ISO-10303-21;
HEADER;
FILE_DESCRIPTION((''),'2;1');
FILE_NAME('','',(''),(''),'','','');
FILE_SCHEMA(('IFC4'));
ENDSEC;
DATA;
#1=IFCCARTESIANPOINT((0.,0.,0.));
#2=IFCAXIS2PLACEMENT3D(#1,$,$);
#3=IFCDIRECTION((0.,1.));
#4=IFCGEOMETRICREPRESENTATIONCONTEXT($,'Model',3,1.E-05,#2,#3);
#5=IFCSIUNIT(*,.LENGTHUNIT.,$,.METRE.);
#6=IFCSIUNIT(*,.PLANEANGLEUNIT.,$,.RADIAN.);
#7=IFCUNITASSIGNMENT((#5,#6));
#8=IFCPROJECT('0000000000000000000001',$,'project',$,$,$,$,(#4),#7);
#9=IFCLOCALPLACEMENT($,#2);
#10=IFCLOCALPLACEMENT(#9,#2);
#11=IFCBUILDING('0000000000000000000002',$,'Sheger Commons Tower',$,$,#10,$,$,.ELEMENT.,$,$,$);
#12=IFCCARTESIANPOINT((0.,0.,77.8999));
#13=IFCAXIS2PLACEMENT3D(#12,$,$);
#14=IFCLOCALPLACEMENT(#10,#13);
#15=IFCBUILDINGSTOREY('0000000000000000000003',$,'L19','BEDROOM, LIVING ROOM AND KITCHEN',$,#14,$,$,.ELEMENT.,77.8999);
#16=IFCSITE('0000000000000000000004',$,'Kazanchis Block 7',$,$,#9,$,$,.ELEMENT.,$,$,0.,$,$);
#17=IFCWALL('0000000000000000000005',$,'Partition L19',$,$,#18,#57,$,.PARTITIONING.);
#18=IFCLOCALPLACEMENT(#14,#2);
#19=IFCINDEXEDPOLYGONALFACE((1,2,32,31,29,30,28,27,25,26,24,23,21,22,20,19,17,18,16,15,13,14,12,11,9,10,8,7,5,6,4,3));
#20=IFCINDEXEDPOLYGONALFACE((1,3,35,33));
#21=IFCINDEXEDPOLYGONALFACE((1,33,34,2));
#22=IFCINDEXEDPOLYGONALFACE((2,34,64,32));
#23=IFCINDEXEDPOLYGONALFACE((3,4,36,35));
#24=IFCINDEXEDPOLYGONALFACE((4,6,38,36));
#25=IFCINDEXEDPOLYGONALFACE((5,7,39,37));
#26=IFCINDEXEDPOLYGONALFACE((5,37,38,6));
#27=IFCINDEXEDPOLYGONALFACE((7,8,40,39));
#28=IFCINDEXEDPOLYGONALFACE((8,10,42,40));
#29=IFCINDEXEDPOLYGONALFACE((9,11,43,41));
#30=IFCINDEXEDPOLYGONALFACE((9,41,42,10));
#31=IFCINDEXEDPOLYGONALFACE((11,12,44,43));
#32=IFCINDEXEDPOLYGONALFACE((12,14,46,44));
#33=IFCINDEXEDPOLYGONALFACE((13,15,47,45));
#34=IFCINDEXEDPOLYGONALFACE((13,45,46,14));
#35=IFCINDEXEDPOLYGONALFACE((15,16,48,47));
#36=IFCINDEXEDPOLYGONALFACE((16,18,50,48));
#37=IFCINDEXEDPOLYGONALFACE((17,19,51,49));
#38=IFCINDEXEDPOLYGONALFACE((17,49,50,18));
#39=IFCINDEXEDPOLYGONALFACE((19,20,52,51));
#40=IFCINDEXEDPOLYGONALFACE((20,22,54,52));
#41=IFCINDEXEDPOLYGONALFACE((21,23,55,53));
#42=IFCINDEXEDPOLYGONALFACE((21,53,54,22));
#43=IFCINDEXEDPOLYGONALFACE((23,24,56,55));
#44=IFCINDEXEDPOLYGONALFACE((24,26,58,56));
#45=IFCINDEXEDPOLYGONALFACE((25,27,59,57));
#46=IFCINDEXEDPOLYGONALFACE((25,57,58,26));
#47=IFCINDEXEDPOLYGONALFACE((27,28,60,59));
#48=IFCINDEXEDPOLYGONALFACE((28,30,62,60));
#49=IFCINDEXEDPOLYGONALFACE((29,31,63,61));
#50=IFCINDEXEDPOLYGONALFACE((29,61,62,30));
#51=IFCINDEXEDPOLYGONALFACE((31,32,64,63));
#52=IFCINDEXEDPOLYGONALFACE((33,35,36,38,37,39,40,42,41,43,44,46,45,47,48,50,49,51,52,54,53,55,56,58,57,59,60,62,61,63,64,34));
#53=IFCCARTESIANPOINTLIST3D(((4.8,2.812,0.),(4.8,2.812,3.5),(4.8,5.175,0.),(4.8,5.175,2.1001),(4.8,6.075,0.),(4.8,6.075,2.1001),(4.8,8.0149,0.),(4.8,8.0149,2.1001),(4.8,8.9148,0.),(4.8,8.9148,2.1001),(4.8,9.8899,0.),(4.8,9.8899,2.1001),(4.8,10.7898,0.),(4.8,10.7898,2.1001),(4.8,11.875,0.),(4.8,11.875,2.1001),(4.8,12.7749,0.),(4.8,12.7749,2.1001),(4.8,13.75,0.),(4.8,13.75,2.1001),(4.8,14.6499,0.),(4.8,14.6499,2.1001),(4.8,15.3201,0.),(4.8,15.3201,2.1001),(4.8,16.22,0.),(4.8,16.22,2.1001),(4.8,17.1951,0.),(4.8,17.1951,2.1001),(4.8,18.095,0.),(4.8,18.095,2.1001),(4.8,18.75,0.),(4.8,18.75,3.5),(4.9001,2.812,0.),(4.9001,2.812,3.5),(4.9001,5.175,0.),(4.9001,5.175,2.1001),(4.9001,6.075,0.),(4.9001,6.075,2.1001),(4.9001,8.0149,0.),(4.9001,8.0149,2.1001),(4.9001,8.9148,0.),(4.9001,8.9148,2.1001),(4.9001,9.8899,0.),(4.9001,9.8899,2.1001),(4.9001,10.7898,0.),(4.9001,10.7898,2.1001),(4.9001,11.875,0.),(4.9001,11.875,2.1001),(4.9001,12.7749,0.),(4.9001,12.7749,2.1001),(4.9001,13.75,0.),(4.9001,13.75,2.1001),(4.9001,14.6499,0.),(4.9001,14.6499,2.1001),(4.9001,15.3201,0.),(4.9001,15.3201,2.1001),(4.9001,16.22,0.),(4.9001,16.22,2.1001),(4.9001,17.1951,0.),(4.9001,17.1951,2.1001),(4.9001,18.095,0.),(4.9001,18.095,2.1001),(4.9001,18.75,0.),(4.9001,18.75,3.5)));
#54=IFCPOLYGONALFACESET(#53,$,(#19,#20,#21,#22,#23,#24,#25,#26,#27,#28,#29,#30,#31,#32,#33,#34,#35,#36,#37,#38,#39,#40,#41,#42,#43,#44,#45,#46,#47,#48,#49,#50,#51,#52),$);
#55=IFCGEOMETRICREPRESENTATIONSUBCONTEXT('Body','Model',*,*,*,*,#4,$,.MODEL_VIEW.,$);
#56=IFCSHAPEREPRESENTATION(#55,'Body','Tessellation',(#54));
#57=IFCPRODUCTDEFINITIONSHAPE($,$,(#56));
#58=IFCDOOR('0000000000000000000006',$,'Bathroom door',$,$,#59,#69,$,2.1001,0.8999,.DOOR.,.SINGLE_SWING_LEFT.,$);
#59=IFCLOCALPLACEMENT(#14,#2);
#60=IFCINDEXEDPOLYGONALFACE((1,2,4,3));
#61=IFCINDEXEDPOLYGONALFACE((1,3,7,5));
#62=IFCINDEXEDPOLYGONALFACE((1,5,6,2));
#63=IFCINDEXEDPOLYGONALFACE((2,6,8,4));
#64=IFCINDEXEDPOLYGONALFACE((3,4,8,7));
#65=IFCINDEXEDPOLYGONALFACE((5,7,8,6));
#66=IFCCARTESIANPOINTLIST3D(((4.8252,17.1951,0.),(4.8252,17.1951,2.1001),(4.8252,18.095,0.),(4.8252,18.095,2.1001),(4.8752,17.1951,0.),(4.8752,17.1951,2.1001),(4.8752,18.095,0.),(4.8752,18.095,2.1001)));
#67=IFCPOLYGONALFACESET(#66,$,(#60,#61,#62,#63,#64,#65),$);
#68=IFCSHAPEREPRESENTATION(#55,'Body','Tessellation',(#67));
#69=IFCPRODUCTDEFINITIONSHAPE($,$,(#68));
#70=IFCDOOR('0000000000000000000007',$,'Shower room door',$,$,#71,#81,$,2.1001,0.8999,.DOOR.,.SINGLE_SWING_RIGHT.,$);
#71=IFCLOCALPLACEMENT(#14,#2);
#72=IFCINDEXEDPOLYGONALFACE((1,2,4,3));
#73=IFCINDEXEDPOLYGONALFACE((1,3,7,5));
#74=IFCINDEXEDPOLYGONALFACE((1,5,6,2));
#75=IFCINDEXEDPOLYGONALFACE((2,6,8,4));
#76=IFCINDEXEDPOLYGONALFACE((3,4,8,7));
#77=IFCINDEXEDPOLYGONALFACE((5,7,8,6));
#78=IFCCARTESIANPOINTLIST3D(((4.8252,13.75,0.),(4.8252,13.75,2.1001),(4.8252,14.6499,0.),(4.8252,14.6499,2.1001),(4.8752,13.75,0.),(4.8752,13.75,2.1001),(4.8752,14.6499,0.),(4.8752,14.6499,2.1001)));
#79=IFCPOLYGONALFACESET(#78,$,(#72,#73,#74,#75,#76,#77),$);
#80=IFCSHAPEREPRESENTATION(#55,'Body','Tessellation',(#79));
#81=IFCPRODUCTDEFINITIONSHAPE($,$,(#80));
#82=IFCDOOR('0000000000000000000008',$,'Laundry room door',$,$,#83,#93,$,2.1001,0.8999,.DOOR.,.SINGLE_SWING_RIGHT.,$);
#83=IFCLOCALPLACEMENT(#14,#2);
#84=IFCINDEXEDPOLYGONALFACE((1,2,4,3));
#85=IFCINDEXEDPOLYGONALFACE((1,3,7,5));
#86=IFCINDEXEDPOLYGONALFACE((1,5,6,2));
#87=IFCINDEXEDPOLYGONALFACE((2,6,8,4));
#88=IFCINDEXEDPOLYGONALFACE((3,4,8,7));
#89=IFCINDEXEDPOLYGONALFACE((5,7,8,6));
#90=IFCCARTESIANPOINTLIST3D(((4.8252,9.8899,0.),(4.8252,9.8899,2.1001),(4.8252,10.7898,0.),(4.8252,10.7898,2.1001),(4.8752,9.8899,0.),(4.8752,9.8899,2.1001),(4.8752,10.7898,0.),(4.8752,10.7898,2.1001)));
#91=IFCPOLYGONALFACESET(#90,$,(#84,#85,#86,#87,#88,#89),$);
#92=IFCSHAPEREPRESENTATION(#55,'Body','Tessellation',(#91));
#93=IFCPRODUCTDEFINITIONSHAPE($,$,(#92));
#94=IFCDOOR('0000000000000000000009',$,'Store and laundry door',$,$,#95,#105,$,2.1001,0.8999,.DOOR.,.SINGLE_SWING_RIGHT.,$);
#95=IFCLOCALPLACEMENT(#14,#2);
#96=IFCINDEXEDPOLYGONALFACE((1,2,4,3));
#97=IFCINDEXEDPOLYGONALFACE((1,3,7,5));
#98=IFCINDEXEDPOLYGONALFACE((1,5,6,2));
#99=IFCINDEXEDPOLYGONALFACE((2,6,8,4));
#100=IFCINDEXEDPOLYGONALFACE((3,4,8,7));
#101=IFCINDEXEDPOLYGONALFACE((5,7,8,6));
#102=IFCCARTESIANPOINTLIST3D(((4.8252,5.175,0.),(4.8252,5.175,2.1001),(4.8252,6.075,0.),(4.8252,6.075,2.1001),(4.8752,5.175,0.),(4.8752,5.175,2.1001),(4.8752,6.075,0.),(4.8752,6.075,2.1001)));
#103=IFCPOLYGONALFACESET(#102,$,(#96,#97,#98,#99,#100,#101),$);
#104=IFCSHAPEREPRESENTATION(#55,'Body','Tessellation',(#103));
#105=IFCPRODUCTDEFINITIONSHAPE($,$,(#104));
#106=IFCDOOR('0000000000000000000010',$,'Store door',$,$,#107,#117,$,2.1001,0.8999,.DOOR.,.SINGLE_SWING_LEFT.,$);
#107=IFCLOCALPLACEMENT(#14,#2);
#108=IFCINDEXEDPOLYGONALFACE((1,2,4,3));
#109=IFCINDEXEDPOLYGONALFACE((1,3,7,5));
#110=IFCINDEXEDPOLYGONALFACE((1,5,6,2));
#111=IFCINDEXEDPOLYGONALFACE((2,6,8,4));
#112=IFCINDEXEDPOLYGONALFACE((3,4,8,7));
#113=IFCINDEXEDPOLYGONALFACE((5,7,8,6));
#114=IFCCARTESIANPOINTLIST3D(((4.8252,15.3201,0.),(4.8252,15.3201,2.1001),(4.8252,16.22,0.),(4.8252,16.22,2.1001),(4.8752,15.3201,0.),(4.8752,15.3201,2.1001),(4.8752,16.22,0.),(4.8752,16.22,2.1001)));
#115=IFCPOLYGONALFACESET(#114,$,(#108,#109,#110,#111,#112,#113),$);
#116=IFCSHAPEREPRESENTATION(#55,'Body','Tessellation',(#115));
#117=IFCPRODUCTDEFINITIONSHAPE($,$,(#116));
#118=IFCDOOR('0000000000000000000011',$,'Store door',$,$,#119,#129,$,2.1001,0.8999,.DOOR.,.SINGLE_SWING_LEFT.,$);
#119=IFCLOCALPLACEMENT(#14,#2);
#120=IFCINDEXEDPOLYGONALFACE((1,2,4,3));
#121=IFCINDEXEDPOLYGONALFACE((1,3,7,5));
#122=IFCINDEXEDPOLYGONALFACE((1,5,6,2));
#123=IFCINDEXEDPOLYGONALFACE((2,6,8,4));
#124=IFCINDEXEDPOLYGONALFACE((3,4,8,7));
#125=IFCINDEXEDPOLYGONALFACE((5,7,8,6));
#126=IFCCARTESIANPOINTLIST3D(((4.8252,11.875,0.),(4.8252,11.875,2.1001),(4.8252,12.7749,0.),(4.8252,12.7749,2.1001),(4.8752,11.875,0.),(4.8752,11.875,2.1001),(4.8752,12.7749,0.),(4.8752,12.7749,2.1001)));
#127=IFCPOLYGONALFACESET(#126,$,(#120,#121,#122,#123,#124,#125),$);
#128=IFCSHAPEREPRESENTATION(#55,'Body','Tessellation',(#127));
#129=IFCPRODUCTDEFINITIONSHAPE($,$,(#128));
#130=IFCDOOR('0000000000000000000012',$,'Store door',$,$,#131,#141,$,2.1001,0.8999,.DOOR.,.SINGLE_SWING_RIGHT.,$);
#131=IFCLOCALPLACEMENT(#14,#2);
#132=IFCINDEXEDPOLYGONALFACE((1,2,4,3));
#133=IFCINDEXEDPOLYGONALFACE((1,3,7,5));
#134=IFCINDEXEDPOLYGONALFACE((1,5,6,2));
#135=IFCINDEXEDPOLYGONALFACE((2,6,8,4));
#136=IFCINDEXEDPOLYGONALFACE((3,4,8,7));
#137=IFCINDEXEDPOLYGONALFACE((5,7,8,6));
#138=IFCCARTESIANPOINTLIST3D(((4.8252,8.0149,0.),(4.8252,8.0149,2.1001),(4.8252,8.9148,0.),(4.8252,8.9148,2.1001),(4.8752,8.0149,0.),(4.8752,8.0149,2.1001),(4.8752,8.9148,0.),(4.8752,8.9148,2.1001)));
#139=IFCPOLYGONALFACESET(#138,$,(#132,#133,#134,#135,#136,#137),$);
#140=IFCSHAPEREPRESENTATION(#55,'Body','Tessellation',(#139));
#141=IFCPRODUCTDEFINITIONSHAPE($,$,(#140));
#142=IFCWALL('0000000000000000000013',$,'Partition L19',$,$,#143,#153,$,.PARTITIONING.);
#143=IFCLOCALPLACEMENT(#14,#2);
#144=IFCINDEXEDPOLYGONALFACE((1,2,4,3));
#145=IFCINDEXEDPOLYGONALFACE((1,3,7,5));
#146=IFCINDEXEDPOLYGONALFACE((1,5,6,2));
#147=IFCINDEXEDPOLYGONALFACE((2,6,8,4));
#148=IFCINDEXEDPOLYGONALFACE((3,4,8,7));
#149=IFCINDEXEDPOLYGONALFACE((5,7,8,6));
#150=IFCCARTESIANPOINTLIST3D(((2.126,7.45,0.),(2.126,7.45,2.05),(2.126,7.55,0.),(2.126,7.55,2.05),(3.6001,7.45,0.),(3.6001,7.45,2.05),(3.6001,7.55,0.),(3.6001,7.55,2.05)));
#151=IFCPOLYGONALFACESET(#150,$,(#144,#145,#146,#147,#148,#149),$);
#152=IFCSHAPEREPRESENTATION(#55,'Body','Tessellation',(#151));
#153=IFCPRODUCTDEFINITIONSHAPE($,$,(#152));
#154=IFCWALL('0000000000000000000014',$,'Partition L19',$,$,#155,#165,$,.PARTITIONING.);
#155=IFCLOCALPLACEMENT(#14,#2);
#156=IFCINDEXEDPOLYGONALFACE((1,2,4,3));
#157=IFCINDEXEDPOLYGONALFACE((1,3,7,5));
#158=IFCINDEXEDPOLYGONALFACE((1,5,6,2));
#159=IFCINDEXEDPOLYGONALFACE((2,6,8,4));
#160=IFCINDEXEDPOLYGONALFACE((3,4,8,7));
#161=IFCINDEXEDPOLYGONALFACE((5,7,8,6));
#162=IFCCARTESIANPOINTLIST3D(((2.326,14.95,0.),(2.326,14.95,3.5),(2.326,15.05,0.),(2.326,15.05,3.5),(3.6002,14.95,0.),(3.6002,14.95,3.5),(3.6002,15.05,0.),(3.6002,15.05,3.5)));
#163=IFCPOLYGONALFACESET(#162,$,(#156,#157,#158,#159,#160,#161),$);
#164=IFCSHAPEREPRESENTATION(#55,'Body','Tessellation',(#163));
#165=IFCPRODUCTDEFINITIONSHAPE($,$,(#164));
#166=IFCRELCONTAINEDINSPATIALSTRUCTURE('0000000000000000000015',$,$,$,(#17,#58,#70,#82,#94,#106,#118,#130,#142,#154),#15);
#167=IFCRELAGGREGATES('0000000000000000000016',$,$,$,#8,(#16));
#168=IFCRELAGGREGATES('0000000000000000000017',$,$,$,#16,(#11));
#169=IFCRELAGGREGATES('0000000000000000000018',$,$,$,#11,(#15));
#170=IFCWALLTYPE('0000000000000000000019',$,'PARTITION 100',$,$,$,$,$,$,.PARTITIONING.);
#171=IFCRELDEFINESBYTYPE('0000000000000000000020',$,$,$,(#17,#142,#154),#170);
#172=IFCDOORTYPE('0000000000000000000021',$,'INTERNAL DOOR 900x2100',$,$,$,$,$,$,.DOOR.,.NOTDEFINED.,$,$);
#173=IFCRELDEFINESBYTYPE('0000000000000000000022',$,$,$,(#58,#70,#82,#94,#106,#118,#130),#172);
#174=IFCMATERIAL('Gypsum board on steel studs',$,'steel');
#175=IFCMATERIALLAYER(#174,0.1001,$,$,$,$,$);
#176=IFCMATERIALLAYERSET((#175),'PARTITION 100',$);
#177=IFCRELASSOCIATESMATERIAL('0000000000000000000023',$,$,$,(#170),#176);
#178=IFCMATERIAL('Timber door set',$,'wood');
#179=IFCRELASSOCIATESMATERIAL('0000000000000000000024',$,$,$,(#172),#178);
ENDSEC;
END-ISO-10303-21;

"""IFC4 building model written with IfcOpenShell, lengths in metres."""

from ifc_helpers import new_model, si_unit, direction, frame, frame_2d, origin, place, context, subcontext, project, spatial, rectangle, extrude, material, layer, layer_set, type_object, element, fill, save


model = new_model("IFC4")

# Units and contexts
model_context = context("Model", 3, precision=1e-05, world=origin(), true_north=direction((0.0, 1.0)))
body_context = subcontext(model_context, "Body", "Model", "MODEL_VIEW")
ifc_project = project(units=[si_unit("LENGTHUNIT", "METRE"), si_unit("PLANEANGLEUNIT", "RADIAN")], contexts=[model_context])

# Site, building, storey
site_placement = place(None, origin())
site = spatial("IfcSite", under=ifc_project, at=site_placement, Name="Kazanchis Block 7", CompositionType="ELEMENT", RefElevation=0.0)
building_placement = place(site_placement, origin())
building = spatial("IfcBuilding", under=site, at=building_placement, Name="Sheger Commons Tower", CompositionType="ELEMENT")
storey_placement = place(building_placement, frame((0.0, 0.0, 77.8999)))
storey = spatial("IfcBuildingStorey", under=building, at=storey_placement, Name="L19", Description="BEDROOM, LIVING ROOM AND KITCHEN", CompositionType="ELEMENT", Elevation=77.8999)

# Wall, openings, doors
ifc_material_1 = material(Name="Gypsum board on steel studs", Category="steel")
ifc_layer = layer(ifc_material_1, 0.1001)
ifc_layer_set = layer_set([ifc_layer], Name="PARTITION 100")
wall_type = type_object("IfcWallType", Name="PARTITION 100", PredefinedType="PARTITIONING", material=ifc_layer_set)
ifc_material_2 = material(Name="Timber door set", Category="wood")
door_type = type_object("IfcDoorType", Name="INTERNAL DOOR 900x2100", OperationType="NOTDEFINED", PredefinedType="DOOR", material=ifc_material_2)
wall_1_placement = place(storey_placement, frame((4.8501, 2.812, 0.0), z_axis=(0.0, 0.0, 1.0), x_axis=(0.0, 1.0, 0.0)))
wall_1 = element("IfcWall", 1, at=wall_1_placement, inside=storey, type_object=wall_type, Name="Partition L19", PredefinedType="PARTITIONING", context=body_context, shape_type="SweptSolid", body=[
    extrude(rectangle(XDim=15.938, YDim=0.1001, at=frame_2d((7.969, 0.0))), origin(), (0.0, 0.0, 1.0), 3.5),
])
opening_1_placement = place(wall_1_placement, frame((14.3831, 0.0, 0.0)))
opening_1 = element("IfcOpeningElement", 2, at=opening_1_placement, cuts=wall_1, PredefinedType="OPENING", context=body_context, shape_type="SweptSolid", body=[
    extrude(rectangle(XDim=0.8999, YDim=2.1001, at=frame_2d((0.45, 1.05))), frame((0.0, 0.0601, 0.0), z_axis=(0.0, -1.0, 0.0), x_axis=(1.0, 0.0, 0.0)), (0.0, 0.0, 1.0), 0.1201),
])
opening_2_placement = place(wall_1_placement, frame((10.938, 0.0, 0.0)))
opening_2 = element("IfcOpeningElement", 3, at=opening_2_placement, cuts=wall_1, PredefinedType="OPENING", context=body_context, shape_type="SweptSolid", body=[
    extrude(rectangle(XDim=0.8999, YDim=2.1001, at=frame_2d((0.45, 1.05))), frame((0.0, 0.0601, 0.0), z_axis=(0.0, -1.0, 0.0), x_axis=(1.0, 0.0, 0.0)), (0.0, 0.0, 1.0), 0.1201),
])
opening_3_placement = place(wall_1_placement, frame((7.0779, 0.0, 0.0)))
opening_3 = element("IfcOpeningElement", 4, at=opening_3_placement, cuts=wall_1, PredefinedType="OPENING", context=body_context, shape_type="SweptSolid", body=[
    extrude(rectangle(XDim=0.8999, YDim=2.1001, at=frame_2d((0.45, 1.05))), frame((0.0, 0.0601, 0.0), z_axis=(0.0, -1.0, 0.0), x_axis=(1.0, 0.0, 0.0)), (0.0, 0.0, 1.0), 0.1201),
])
opening_4_placement = place(wall_1_placement, frame((2.363, 0.0, 0.0)))
opening_4 = element("IfcOpeningElement", 5, at=opening_4_placement, cuts=wall_1, PredefinedType="OPENING", context=body_context, shape_type="SweptSolid", body=[
    extrude(rectangle(XDim=0.8999, YDim=2.1001, at=frame_2d((0.45, 1.05))), frame((0.0, 0.0601, 0.0), z_axis=(0.0, -1.0, 0.0), x_axis=(1.0, 0.0, 0.0)), (0.0, 0.0, 1.0), 0.1201),
])
opening_5_placement = place(wall_1_placement, frame((12.5081, 0.0, 0.0)))
opening_5 = element("IfcOpeningElement", 6, at=opening_5_placement, cuts=wall_1, PredefinedType="OPENING", context=body_context, shape_type="SweptSolid", body=[
    extrude(rectangle(XDim=0.8999, YDim=2.1001, at=frame_2d((0.45, 1.05))), frame((0.0, 0.0601, 0.0), z_axis=(0.0, -1.0, 0.0), x_axis=(1.0, 0.0, 0.0)), (0.0, 0.0, 1.0), 0.1201),
])
opening_6_placement = place(wall_1_placement, frame((9.063, 0.0, 0.0)))
opening_6 = element("IfcOpeningElement", 7, at=opening_6_placement, cuts=wall_1, PredefinedType="OPENING", context=body_context, shape_type="SweptSolid", body=[
    extrude(rectangle(XDim=0.8999, YDim=2.1001, at=frame_2d((0.45, 1.05))), frame((0.0, 0.0601, 0.0), z_axis=(0.0, -1.0, 0.0), x_axis=(1.0, 0.0, 0.0)), (0.0, 0.0, 1.0), 0.1201),
])
opening_7_placement = place(wall_1_placement, frame((5.2029, 0.0, 0.0)))
opening_7 = element("IfcOpeningElement", 8, at=opening_7_placement, cuts=wall_1, PredefinedType="OPENING", context=body_context, shape_type="SweptSolid", body=[
    extrude(rectangle(XDim=0.8999, YDim=2.1001, at=frame_2d((0.45, 1.05))), frame((0.0, 0.0601, 0.0), z_axis=(0.0, -1.0, 0.0), x_axis=(1.0, 0.0, 0.0)), (0.0, 0.0, 1.0), 0.1201),
])
door_1_placement = place(opening_1_placement, origin())
door_1 = element("IfcDoor", 9, at=door_1_placement, inside=storey, type_object=door_type, Name="Bathroom door", OperationType="SINGLE_SWING_LEFT", OverallHeight=2.1001, OverallWidth=0.8999, PredefinedType="DOOR", context=body_context, shape_type="SweptSolid", body=[
    extrude(rectangle(XDim=0.8999, YDim=2.1001, at=frame_2d((0.45, 1.05))), frame((0.0, 0.0249, 0.0), z_axis=(0.0, -1.0, 0.0), x_axis=(1.0, 0.0, 0.0)), (0.0, 0.0, 1.0), 0.05),
])
fill(opening_1, door_1)
door_2_placement = place(opening_2_placement, origin())
door_2 = element("IfcDoor", 10, at=door_2_placement, inside=storey, type_object=door_type, Name="Shower room door", OperationType="SINGLE_SWING_RIGHT", OverallHeight=2.1001, OverallWidth=0.8999, PredefinedType="DOOR", context=body_context, shape_type="SweptSolid", body=[
    extrude(rectangle(XDim=0.8999, YDim=2.1001, at=frame_2d((0.45, 1.05))), frame((0.0, 0.0249, 0.0), z_axis=(0.0, -1.0, 0.0), x_axis=(1.0, 0.0, 0.0)), (0.0, 0.0, 1.0), 0.05),
])
fill(opening_2, door_2)
door_3_placement = place(opening_3_placement, origin())
door_3 = element("IfcDoor", 11, at=door_3_placement, inside=storey, type_object=door_type, Name="Laundry room door", OperationType="SINGLE_SWING_RIGHT", OverallHeight=2.1001, OverallWidth=0.8999, PredefinedType="DOOR", context=body_context, shape_type="SweptSolid", body=[
    extrude(rectangle(XDim=0.8999, YDim=2.1001, at=frame_2d((0.45, 1.05))), frame((0.0, 0.0249, 0.0), z_axis=(0.0, -1.0, 0.0), x_axis=(1.0, 0.0, 0.0)), (0.0, 0.0, 1.0), 0.05),
])
fill(opening_3, door_3)
door_4_placement = place(opening_4_placement, origin())
door_4 = element("IfcDoor", 12, at=door_4_placement, inside=storey, type_object=door_type, Name="Store and laundry door", OperationType="SINGLE_SWING_RIGHT", OverallHeight=2.1001, OverallWidth=0.8999, PredefinedType="DOOR", context=body_context, shape_type="SweptSolid", body=[
    extrude(rectangle(XDim=0.8999, YDim=2.1001, at=frame_2d((0.45, 1.05))), frame((0.0, 0.0249, 0.0), z_axis=(0.0, -1.0, 0.0), x_axis=(1.0, 0.0, 0.0)), (0.0, 0.0, 1.0), 0.05),
])
fill(opening_4, door_4)
door_5_placement = place(opening_5_placement, origin())
door_5 = element("IfcDoor", 13, at=door_5_placement, inside=storey, type_object=door_type, Name="Store door", OperationType="SINGLE_SWING_LEFT", OverallHeight=2.1001, OverallWidth=0.8999, PredefinedType="DOOR", context=body_context, shape_type="SweptSolid", body=[
    extrude(rectangle(XDim=0.8999, YDim=2.1001, at=frame_2d((0.45, 1.05))), frame((0.0, 0.0249, 0.0), z_axis=(0.0, -1.0, 0.0), x_axis=(1.0, 0.0, 0.0)), (0.0, 0.0, 1.0), 0.05),
])
fill(opening_5, door_5)
door_6_placement = place(opening_6_placement, origin())
door_6 = element("IfcDoor", 14, at=door_6_placement, inside=storey, type_object=door_type, Name="Store door", OperationType="SINGLE_SWING_LEFT", OverallHeight=2.1001, OverallWidth=0.8999, PredefinedType="DOOR", context=body_context, shape_type="SweptSolid", body=[
    extrude(rectangle(XDim=0.8999, YDim=2.1001, at=frame_2d((0.45, 1.05))), frame((0.0, 0.0249, 0.0), z_axis=(0.0, -1.0, 0.0), x_axis=(1.0, 0.0, 0.0)), (0.0, 0.0, 1.0), 0.05),
])
fill(opening_6, door_6)
door_7_placement = place(opening_7_placement, origin())
door_7 = element("IfcDoor", 15, at=door_7_placement, inside=storey, type_object=door_type, Name="Store door", OperationType="SINGLE_SWING_RIGHT", OverallHeight=2.1001, OverallWidth=0.8999, PredefinedType="DOOR", context=body_context, shape_type="SweptSolid", body=[
    extrude(rectangle(XDim=0.8999, YDim=2.1001, at=frame_2d((0.45, 1.05))), frame((0.0, 0.0249, 0.0), z_axis=(0.0, -1.0, 0.0), x_axis=(1.0, 0.0, 0.0)), (0.0, 0.0, 1.0), 0.05),
])
fill(opening_7, door_7)

# Walls
wall_2_placement = place(storey_placement, frame((2.126, 7.5, 0.0), z_axis=(0.0, 0.0, 1.0), x_axis=(1.0, 0.0, 0.0)))
element("IfcWall", 16, at=wall_2_placement, inside=storey, type_object=wall_type, Name="Partition L19", PredefinedType="PARTITIONING", context=body_context, shape_type="SweptSolid", body=[
    extrude(rectangle(XDim=1.4741, YDim=0.1001, at=frame_2d((0.7371, 0.0))), origin(), (0.0, 0.0, 1.0), 2.05),
])
wall_3_placement = place(storey_placement, frame((2.3259, 15.0, 0.0), z_axis=(0.0, 0.0, 1.0), x_axis=(1.0, 0.0, 0.0)))
element("IfcWall", 17, at=wall_3_placement, inside=storey, type_object=wall_type, Name="Partition L19", PredefinedType="PARTITIONING", context=body_context, shape_type="SweptSolid", body=[
    extrude(rectangle(XDim=1.2742, YDim=0.1001, at=frame_2d((0.6372, 0.0))), origin(), (0.0, 0.0, 1.0), 3.5),
])

save(model, "model.ifc")
